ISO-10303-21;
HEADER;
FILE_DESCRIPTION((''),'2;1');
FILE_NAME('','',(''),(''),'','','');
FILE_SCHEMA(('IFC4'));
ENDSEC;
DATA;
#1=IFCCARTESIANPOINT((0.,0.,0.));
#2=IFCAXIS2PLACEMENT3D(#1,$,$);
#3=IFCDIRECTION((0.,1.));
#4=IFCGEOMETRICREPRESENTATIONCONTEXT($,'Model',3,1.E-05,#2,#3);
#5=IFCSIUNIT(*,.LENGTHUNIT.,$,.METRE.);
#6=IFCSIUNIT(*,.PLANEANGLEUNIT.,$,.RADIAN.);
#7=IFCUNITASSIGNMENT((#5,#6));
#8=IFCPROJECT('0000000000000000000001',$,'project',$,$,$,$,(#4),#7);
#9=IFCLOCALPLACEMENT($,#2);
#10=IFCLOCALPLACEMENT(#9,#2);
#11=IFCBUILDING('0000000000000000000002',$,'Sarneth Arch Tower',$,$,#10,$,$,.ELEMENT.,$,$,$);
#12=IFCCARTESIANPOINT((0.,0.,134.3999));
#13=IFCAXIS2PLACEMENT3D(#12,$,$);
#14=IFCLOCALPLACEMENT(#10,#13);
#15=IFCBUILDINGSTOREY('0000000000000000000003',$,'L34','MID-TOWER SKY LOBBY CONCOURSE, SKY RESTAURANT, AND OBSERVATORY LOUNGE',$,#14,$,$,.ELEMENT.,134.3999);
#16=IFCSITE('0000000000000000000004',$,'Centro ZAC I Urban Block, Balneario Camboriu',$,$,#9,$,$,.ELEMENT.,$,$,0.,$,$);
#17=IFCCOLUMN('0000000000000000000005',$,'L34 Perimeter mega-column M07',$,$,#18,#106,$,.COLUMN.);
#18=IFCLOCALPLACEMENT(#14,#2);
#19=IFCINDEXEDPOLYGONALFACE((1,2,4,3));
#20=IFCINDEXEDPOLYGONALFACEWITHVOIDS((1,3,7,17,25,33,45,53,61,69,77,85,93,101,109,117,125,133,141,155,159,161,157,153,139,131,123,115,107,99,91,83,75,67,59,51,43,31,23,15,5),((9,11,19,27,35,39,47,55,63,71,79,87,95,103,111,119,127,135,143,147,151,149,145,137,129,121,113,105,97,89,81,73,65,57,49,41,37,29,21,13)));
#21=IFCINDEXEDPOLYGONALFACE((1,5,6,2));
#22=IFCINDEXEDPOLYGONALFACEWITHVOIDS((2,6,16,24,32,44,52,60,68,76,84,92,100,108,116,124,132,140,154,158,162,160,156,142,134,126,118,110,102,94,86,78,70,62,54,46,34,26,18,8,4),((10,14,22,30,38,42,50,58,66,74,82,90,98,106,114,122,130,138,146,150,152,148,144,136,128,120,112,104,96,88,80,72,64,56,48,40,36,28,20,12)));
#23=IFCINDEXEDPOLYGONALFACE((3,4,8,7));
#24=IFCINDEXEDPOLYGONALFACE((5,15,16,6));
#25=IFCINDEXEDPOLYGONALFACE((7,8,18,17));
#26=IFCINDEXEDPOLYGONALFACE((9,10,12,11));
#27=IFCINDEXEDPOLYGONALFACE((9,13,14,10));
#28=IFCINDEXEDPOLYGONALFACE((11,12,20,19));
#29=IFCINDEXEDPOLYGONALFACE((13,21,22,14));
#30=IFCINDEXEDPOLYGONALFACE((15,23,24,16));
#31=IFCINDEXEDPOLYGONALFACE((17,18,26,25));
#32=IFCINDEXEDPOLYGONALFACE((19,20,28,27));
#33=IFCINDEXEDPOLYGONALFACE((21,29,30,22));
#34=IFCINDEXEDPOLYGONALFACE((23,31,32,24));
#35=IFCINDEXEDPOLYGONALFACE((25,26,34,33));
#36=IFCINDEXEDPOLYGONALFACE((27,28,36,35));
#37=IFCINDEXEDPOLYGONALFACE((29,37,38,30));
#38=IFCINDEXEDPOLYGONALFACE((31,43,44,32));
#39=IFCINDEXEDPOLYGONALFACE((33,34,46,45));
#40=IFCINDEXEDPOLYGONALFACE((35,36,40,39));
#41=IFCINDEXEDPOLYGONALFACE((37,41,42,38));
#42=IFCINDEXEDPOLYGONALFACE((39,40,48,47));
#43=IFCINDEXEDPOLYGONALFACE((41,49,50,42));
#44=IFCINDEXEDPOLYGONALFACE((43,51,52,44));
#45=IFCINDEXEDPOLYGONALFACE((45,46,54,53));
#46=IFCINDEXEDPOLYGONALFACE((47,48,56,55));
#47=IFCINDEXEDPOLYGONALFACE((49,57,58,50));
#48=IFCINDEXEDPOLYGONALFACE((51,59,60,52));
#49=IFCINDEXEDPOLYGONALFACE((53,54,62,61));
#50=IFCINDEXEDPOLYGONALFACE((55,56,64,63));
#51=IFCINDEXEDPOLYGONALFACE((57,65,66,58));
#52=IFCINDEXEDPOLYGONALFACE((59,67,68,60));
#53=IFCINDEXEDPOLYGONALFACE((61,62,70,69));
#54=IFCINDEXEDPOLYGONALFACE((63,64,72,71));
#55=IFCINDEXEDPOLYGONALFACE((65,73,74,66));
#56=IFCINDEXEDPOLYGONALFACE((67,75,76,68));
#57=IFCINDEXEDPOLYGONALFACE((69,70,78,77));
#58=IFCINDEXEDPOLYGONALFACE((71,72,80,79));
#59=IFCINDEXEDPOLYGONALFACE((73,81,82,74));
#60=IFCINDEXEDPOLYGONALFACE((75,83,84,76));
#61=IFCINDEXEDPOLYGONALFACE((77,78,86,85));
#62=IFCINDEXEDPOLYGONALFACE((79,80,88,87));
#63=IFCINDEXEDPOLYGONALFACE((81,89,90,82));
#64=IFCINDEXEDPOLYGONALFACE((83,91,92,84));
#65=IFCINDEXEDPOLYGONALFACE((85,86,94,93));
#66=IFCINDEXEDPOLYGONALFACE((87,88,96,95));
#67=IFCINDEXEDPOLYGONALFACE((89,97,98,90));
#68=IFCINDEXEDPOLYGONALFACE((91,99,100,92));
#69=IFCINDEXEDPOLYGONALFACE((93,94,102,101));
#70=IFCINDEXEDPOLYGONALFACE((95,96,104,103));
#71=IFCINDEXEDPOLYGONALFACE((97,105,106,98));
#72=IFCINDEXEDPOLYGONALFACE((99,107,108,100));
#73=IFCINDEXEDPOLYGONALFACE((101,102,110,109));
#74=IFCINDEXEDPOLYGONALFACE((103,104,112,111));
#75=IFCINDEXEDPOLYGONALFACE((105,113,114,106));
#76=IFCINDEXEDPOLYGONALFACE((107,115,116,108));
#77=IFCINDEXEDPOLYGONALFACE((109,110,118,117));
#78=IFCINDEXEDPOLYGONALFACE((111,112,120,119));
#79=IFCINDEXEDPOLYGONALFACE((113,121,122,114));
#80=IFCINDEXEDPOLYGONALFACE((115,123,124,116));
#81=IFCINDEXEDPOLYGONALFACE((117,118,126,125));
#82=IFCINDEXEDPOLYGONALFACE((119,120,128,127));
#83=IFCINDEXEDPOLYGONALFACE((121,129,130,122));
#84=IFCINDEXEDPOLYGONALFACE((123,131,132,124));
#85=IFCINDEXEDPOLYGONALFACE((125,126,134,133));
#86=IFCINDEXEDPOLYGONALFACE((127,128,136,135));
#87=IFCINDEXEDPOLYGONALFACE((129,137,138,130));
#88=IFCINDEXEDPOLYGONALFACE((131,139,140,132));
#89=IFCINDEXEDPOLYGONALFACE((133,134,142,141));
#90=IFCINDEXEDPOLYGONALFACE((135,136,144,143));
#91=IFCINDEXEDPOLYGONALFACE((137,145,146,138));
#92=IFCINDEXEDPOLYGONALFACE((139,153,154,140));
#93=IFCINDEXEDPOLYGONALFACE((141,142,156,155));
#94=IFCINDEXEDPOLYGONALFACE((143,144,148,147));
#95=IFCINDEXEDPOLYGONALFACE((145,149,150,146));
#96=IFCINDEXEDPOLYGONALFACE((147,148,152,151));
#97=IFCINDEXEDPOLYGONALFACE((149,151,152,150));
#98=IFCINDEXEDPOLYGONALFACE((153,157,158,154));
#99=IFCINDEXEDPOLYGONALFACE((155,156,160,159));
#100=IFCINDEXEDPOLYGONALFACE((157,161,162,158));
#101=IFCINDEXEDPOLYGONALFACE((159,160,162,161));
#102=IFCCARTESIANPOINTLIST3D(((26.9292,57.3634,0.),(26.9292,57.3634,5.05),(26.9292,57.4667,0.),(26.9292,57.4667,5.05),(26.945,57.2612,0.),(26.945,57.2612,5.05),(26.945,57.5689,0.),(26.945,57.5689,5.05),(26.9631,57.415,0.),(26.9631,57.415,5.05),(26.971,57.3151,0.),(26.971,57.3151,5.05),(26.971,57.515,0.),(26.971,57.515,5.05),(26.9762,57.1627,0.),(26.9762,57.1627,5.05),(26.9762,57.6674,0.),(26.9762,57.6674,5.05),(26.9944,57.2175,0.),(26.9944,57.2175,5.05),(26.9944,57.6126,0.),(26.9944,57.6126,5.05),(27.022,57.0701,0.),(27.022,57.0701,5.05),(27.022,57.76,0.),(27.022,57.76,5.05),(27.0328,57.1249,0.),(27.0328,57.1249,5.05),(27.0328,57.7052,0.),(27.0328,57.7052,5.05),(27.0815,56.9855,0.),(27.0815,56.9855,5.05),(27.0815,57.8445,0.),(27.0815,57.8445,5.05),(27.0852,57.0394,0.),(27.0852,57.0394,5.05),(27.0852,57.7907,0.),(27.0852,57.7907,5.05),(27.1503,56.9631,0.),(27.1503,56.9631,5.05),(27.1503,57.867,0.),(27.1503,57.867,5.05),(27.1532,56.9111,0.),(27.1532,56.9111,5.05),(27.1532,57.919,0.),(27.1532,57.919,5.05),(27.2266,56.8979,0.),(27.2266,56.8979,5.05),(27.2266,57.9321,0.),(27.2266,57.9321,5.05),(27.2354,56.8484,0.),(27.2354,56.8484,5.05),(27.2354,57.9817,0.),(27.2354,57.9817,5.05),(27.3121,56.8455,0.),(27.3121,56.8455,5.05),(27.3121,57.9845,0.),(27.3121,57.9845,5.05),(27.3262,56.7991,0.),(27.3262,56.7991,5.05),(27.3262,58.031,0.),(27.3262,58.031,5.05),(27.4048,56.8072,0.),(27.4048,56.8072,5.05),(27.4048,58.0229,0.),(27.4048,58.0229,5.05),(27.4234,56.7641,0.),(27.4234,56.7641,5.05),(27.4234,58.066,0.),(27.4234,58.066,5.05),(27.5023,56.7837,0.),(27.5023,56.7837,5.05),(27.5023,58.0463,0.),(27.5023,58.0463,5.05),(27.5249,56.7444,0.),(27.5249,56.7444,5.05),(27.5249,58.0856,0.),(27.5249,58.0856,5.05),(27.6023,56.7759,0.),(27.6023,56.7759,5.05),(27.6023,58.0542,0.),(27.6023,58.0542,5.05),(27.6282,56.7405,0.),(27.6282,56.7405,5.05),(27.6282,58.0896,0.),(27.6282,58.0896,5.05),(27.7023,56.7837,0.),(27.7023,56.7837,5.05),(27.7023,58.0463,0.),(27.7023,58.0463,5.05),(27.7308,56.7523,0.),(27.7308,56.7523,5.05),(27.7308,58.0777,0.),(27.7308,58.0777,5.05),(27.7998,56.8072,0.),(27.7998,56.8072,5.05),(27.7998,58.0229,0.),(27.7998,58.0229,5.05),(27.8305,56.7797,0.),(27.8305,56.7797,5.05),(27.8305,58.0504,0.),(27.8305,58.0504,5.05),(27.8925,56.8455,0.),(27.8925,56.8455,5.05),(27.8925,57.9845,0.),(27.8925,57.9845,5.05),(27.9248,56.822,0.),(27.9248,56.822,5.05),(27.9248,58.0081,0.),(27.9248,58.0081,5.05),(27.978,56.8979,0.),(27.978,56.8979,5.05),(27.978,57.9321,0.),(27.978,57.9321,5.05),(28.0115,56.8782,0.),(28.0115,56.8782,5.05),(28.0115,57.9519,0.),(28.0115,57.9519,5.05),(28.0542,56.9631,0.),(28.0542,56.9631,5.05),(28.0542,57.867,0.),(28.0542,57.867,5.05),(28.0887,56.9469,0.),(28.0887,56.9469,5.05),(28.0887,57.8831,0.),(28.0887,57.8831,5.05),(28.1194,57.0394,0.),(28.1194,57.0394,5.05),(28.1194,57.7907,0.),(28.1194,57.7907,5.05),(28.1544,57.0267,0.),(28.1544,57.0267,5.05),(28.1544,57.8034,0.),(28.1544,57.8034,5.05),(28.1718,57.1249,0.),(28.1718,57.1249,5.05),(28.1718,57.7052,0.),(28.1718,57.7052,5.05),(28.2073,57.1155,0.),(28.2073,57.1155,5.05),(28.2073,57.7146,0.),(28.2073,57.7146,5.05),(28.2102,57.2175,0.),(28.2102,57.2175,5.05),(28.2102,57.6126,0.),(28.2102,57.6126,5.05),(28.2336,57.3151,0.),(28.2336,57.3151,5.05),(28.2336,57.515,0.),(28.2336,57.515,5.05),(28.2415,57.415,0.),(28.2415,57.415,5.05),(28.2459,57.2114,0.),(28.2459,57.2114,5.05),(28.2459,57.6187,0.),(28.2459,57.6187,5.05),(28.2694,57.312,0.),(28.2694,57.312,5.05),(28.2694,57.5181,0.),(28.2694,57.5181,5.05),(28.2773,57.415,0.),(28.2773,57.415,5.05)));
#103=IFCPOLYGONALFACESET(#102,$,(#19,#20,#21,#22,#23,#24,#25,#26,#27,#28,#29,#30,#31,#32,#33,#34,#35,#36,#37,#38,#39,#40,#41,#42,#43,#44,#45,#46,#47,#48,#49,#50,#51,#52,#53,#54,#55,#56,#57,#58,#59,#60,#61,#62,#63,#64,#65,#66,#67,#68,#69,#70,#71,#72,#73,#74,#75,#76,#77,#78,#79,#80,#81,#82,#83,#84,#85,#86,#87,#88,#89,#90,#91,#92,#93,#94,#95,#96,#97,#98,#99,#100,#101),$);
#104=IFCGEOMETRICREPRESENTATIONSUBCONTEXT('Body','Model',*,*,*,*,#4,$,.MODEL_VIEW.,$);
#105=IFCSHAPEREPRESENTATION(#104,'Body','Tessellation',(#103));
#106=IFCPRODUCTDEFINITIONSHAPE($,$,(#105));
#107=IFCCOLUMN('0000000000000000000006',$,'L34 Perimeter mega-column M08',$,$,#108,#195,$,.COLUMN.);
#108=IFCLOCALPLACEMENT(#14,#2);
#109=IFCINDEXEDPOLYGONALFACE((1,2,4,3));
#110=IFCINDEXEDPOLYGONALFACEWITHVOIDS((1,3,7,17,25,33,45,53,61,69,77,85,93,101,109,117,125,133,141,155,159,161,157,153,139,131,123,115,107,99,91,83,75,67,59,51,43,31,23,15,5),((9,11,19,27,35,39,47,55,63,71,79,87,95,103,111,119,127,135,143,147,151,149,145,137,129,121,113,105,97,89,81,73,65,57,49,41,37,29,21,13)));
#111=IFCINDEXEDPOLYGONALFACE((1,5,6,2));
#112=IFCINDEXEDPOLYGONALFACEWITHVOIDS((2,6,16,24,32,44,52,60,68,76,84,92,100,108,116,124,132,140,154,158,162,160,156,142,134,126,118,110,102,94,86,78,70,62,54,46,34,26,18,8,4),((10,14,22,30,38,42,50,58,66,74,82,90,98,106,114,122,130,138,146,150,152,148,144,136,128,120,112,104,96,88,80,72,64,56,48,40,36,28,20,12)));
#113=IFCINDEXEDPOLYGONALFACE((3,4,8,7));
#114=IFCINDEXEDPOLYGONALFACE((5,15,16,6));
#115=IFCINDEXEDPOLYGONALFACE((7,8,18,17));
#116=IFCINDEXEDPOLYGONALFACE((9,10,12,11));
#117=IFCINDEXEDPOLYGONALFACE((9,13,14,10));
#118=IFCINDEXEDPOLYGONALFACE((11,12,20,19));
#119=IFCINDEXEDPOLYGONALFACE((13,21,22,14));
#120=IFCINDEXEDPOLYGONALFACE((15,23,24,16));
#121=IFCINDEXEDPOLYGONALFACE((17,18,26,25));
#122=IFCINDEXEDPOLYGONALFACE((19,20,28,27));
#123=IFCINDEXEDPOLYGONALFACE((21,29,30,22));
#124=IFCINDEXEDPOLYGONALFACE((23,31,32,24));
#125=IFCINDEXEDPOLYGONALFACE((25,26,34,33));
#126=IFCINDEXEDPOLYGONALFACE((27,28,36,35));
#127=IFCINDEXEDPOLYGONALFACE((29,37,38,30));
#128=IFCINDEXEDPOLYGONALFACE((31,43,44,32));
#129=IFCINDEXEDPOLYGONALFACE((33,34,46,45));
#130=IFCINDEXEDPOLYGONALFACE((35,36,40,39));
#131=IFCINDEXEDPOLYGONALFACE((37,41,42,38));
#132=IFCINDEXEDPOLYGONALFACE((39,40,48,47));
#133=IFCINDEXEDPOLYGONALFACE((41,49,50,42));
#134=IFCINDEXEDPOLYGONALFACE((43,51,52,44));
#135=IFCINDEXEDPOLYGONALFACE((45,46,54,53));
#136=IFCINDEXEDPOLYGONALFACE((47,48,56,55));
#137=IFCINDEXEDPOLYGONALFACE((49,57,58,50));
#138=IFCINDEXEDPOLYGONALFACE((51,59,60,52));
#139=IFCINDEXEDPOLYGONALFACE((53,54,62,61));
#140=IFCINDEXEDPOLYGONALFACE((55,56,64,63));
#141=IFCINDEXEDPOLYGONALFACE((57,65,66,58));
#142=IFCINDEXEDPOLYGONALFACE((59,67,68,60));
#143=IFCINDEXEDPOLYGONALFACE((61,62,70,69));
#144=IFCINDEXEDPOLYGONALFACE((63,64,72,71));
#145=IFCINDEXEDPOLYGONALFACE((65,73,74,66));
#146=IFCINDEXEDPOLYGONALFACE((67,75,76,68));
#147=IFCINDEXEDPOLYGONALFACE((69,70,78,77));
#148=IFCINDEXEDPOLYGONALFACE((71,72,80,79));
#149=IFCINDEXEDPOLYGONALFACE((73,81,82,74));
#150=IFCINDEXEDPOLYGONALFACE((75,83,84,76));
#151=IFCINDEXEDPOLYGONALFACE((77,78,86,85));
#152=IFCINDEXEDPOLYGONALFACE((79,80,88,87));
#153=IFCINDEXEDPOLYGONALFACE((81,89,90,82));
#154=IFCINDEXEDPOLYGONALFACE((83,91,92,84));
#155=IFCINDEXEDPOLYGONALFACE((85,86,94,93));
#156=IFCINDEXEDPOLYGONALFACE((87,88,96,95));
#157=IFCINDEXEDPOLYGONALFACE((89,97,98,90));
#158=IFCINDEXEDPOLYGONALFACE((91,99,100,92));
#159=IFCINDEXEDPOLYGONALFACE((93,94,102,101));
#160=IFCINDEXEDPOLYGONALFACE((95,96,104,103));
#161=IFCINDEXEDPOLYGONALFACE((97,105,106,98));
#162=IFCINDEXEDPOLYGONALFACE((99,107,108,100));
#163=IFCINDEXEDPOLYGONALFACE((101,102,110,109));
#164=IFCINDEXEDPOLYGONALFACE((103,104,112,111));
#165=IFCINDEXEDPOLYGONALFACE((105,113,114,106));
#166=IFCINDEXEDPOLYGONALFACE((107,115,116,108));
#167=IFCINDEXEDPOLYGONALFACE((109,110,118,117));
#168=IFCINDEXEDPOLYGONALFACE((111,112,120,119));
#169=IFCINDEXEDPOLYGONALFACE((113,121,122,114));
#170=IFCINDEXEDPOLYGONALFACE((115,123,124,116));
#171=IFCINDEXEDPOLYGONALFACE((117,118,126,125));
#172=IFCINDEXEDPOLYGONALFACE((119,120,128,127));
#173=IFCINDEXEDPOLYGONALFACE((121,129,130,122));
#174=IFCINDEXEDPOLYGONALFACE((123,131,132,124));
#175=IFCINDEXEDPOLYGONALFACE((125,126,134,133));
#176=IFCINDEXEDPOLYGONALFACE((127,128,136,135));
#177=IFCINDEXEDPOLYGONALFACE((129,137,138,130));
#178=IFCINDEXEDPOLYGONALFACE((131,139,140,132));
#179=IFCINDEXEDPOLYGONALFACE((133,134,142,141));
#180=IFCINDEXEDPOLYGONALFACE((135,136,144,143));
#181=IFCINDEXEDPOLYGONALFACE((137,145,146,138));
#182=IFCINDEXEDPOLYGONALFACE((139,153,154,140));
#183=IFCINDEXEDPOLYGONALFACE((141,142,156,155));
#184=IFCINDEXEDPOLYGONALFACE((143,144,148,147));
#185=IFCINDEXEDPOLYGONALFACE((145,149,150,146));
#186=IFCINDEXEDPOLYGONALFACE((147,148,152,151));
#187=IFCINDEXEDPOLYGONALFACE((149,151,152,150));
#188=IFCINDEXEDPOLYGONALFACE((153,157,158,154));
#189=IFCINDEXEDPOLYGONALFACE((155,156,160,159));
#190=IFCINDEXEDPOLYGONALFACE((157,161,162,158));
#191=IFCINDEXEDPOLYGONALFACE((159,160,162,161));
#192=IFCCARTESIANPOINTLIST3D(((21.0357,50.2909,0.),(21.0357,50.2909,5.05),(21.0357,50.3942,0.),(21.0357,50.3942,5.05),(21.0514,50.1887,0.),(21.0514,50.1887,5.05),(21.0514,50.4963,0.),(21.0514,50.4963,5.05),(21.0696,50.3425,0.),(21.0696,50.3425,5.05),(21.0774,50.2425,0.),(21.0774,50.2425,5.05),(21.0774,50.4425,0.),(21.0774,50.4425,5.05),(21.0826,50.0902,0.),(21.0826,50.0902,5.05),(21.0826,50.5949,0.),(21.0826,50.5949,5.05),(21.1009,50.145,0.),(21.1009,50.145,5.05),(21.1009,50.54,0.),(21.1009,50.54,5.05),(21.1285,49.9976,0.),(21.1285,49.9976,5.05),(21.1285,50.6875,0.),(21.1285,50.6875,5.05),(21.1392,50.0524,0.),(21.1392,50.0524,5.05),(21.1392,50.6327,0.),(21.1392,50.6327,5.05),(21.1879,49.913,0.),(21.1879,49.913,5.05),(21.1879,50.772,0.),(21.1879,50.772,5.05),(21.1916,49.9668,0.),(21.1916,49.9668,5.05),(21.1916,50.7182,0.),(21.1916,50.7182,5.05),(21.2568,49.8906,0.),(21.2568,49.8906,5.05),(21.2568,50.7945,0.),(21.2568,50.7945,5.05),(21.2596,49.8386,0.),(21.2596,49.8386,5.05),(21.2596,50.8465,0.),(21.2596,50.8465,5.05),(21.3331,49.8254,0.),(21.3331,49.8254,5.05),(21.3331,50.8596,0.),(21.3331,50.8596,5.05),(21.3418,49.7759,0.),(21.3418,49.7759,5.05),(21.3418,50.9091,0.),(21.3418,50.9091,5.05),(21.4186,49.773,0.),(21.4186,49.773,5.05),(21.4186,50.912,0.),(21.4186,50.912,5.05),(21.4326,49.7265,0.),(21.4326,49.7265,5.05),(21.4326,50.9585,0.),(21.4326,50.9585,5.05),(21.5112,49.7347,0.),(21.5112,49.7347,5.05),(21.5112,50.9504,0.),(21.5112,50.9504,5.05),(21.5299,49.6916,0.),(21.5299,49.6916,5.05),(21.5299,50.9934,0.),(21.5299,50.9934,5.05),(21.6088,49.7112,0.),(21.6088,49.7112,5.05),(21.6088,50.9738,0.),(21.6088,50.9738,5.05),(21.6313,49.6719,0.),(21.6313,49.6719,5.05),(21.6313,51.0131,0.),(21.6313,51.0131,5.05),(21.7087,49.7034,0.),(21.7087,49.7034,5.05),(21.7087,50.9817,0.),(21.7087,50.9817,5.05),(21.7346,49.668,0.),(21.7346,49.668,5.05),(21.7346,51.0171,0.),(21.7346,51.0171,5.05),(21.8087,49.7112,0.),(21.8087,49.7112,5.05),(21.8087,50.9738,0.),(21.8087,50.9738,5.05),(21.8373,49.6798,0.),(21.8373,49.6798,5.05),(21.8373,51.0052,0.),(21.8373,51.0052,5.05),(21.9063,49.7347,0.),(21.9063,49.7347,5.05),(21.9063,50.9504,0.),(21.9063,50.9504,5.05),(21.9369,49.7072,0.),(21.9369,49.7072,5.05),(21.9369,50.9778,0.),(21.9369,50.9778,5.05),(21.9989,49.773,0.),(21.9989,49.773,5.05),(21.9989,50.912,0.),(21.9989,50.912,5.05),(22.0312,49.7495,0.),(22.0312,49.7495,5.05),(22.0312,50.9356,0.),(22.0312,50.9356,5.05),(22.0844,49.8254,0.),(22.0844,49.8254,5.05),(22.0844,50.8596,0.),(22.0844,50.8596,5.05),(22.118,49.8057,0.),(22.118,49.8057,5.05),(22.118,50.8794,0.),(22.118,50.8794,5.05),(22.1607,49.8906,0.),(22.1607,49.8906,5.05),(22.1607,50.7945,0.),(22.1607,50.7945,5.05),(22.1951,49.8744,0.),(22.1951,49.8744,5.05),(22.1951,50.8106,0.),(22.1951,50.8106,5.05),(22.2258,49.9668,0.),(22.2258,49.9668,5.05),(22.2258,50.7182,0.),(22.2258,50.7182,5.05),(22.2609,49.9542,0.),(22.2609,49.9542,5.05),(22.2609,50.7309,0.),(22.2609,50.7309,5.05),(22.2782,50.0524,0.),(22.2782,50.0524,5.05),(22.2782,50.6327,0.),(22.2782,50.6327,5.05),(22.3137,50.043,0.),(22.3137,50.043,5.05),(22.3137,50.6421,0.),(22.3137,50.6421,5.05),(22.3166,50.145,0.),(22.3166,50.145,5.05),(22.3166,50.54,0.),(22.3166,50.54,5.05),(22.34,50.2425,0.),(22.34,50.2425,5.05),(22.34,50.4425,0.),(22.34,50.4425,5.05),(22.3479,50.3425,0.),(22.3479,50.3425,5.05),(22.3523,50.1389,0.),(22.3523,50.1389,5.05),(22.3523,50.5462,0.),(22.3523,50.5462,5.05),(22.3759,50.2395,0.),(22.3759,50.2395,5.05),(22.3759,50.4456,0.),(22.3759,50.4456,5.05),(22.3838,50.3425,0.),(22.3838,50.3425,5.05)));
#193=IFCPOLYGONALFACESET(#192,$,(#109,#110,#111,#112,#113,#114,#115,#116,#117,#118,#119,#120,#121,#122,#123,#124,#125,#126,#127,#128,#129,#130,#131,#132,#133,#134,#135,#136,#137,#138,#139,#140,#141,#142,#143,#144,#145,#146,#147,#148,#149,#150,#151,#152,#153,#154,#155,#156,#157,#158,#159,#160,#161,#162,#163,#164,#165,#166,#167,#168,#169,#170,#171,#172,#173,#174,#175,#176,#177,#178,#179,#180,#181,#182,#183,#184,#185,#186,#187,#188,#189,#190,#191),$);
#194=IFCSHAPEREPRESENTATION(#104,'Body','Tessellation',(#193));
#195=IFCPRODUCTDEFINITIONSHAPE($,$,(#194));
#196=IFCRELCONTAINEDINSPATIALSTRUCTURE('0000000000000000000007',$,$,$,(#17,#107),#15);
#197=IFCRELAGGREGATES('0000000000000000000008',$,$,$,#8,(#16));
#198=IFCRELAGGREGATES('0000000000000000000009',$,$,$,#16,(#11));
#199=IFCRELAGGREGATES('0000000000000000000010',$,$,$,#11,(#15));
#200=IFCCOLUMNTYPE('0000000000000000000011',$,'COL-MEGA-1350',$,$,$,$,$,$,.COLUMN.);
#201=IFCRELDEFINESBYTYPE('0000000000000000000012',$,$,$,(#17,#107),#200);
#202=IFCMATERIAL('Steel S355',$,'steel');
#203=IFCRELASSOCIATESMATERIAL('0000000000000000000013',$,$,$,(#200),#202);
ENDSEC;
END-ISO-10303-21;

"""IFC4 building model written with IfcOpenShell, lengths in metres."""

from ifc_helpers import new_model, si_unit, direction, frame, origin, origin_2d, place, context, subcontext, project, spatial, hollow_circle, extrude, material, material_profile, profile_set, type_object, element, save


model = new_model("IFC4")

# Units and contexts
model_context = context("Model", 3, precision=1e-05, world=origin(), true_north=direction((0.0, 1.0)))
body_context = subcontext(model_context, "Body", "Model", "MODEL_VIEW")
ifc_project = project(units=[si_unit("LENGTHUNIT", "METRE"), si_unit("PLANEANGLEUNIT", "RADIAN")], contexts=[model_context])

# Site, building, storey
site_placement = place(None, origin())
site = spatial("IfcSite", under=ifc_project, at=site_placement, Name="Centro ZAC I Urban Block, Balneario Camboriu", CompositionType="ELEMENT", RefElevation=0.0)
building_placement = place(site_placement, origin())
building = spatial("IfcBuilding", under=site, at=building_placement, Name="Sarneth Arch Tower", CompositionType="ELEMENT")
storey_placement = place(building_placement, frame((0.0, 0.0, 134.3999)))
storey = spatial("IfcBuildingStorey", under=building, at=storey_placement, Name="L34", Description="MID-TOWER SKY LOBBY CONCOURSE, SKY RESTAURANT, AND OBSERVATORY LOUNGE", CompositionType="ELEMENT", Elevation=134.3999)

# Columns
ifc_material_1 = material(Name="Steel S355", Category="steel")
ifc_material_profile_1 = material_profile(ifc_material_1, hollow_circle(Radius=0.675, WallThickness=0.0359, at=origin_2d()), Name="CHS1350x36")
ifc_profile_set_1 = profile_set([ifc_material_profile_1], Name="Steel S355")
column_type = type_object("IfcColumnType", Name="COL-MEGA-1350", PredefinedType="COLUMN", material=ifc_profile_set_1)
for number, where, z_axis, x_axis, name in (
    (1, (27.6023, 57.415, 0.0), (0.0, 0.0, 1.0), (1.0, 0.0, 0.0), "L34 Perimeter mega-column M07"),
    (2, (21.7087, 50.3425, 0.0), (0.0, 0.0, 1.0), (1.0, 0.0, 0.0), "L34 Perimeter mega-column M08"),
):
    element("IfcColumn", number, at=place(storey_placement, frame(where, z_axis=z_axis, x_axis=x_axis)), inside=storey, type_object=column_type, Name=name, PredefinedType="COLUMN", context=body_context, shape_type="SweptSolid", body=[
        extrude(hollow_circle(Radius=0.675, WallThickness=0.0359, at=origin_2d()), origin(), (0.0, 0.0, 1.0), 5.05),
    ])

save(model, "model.ifc")
